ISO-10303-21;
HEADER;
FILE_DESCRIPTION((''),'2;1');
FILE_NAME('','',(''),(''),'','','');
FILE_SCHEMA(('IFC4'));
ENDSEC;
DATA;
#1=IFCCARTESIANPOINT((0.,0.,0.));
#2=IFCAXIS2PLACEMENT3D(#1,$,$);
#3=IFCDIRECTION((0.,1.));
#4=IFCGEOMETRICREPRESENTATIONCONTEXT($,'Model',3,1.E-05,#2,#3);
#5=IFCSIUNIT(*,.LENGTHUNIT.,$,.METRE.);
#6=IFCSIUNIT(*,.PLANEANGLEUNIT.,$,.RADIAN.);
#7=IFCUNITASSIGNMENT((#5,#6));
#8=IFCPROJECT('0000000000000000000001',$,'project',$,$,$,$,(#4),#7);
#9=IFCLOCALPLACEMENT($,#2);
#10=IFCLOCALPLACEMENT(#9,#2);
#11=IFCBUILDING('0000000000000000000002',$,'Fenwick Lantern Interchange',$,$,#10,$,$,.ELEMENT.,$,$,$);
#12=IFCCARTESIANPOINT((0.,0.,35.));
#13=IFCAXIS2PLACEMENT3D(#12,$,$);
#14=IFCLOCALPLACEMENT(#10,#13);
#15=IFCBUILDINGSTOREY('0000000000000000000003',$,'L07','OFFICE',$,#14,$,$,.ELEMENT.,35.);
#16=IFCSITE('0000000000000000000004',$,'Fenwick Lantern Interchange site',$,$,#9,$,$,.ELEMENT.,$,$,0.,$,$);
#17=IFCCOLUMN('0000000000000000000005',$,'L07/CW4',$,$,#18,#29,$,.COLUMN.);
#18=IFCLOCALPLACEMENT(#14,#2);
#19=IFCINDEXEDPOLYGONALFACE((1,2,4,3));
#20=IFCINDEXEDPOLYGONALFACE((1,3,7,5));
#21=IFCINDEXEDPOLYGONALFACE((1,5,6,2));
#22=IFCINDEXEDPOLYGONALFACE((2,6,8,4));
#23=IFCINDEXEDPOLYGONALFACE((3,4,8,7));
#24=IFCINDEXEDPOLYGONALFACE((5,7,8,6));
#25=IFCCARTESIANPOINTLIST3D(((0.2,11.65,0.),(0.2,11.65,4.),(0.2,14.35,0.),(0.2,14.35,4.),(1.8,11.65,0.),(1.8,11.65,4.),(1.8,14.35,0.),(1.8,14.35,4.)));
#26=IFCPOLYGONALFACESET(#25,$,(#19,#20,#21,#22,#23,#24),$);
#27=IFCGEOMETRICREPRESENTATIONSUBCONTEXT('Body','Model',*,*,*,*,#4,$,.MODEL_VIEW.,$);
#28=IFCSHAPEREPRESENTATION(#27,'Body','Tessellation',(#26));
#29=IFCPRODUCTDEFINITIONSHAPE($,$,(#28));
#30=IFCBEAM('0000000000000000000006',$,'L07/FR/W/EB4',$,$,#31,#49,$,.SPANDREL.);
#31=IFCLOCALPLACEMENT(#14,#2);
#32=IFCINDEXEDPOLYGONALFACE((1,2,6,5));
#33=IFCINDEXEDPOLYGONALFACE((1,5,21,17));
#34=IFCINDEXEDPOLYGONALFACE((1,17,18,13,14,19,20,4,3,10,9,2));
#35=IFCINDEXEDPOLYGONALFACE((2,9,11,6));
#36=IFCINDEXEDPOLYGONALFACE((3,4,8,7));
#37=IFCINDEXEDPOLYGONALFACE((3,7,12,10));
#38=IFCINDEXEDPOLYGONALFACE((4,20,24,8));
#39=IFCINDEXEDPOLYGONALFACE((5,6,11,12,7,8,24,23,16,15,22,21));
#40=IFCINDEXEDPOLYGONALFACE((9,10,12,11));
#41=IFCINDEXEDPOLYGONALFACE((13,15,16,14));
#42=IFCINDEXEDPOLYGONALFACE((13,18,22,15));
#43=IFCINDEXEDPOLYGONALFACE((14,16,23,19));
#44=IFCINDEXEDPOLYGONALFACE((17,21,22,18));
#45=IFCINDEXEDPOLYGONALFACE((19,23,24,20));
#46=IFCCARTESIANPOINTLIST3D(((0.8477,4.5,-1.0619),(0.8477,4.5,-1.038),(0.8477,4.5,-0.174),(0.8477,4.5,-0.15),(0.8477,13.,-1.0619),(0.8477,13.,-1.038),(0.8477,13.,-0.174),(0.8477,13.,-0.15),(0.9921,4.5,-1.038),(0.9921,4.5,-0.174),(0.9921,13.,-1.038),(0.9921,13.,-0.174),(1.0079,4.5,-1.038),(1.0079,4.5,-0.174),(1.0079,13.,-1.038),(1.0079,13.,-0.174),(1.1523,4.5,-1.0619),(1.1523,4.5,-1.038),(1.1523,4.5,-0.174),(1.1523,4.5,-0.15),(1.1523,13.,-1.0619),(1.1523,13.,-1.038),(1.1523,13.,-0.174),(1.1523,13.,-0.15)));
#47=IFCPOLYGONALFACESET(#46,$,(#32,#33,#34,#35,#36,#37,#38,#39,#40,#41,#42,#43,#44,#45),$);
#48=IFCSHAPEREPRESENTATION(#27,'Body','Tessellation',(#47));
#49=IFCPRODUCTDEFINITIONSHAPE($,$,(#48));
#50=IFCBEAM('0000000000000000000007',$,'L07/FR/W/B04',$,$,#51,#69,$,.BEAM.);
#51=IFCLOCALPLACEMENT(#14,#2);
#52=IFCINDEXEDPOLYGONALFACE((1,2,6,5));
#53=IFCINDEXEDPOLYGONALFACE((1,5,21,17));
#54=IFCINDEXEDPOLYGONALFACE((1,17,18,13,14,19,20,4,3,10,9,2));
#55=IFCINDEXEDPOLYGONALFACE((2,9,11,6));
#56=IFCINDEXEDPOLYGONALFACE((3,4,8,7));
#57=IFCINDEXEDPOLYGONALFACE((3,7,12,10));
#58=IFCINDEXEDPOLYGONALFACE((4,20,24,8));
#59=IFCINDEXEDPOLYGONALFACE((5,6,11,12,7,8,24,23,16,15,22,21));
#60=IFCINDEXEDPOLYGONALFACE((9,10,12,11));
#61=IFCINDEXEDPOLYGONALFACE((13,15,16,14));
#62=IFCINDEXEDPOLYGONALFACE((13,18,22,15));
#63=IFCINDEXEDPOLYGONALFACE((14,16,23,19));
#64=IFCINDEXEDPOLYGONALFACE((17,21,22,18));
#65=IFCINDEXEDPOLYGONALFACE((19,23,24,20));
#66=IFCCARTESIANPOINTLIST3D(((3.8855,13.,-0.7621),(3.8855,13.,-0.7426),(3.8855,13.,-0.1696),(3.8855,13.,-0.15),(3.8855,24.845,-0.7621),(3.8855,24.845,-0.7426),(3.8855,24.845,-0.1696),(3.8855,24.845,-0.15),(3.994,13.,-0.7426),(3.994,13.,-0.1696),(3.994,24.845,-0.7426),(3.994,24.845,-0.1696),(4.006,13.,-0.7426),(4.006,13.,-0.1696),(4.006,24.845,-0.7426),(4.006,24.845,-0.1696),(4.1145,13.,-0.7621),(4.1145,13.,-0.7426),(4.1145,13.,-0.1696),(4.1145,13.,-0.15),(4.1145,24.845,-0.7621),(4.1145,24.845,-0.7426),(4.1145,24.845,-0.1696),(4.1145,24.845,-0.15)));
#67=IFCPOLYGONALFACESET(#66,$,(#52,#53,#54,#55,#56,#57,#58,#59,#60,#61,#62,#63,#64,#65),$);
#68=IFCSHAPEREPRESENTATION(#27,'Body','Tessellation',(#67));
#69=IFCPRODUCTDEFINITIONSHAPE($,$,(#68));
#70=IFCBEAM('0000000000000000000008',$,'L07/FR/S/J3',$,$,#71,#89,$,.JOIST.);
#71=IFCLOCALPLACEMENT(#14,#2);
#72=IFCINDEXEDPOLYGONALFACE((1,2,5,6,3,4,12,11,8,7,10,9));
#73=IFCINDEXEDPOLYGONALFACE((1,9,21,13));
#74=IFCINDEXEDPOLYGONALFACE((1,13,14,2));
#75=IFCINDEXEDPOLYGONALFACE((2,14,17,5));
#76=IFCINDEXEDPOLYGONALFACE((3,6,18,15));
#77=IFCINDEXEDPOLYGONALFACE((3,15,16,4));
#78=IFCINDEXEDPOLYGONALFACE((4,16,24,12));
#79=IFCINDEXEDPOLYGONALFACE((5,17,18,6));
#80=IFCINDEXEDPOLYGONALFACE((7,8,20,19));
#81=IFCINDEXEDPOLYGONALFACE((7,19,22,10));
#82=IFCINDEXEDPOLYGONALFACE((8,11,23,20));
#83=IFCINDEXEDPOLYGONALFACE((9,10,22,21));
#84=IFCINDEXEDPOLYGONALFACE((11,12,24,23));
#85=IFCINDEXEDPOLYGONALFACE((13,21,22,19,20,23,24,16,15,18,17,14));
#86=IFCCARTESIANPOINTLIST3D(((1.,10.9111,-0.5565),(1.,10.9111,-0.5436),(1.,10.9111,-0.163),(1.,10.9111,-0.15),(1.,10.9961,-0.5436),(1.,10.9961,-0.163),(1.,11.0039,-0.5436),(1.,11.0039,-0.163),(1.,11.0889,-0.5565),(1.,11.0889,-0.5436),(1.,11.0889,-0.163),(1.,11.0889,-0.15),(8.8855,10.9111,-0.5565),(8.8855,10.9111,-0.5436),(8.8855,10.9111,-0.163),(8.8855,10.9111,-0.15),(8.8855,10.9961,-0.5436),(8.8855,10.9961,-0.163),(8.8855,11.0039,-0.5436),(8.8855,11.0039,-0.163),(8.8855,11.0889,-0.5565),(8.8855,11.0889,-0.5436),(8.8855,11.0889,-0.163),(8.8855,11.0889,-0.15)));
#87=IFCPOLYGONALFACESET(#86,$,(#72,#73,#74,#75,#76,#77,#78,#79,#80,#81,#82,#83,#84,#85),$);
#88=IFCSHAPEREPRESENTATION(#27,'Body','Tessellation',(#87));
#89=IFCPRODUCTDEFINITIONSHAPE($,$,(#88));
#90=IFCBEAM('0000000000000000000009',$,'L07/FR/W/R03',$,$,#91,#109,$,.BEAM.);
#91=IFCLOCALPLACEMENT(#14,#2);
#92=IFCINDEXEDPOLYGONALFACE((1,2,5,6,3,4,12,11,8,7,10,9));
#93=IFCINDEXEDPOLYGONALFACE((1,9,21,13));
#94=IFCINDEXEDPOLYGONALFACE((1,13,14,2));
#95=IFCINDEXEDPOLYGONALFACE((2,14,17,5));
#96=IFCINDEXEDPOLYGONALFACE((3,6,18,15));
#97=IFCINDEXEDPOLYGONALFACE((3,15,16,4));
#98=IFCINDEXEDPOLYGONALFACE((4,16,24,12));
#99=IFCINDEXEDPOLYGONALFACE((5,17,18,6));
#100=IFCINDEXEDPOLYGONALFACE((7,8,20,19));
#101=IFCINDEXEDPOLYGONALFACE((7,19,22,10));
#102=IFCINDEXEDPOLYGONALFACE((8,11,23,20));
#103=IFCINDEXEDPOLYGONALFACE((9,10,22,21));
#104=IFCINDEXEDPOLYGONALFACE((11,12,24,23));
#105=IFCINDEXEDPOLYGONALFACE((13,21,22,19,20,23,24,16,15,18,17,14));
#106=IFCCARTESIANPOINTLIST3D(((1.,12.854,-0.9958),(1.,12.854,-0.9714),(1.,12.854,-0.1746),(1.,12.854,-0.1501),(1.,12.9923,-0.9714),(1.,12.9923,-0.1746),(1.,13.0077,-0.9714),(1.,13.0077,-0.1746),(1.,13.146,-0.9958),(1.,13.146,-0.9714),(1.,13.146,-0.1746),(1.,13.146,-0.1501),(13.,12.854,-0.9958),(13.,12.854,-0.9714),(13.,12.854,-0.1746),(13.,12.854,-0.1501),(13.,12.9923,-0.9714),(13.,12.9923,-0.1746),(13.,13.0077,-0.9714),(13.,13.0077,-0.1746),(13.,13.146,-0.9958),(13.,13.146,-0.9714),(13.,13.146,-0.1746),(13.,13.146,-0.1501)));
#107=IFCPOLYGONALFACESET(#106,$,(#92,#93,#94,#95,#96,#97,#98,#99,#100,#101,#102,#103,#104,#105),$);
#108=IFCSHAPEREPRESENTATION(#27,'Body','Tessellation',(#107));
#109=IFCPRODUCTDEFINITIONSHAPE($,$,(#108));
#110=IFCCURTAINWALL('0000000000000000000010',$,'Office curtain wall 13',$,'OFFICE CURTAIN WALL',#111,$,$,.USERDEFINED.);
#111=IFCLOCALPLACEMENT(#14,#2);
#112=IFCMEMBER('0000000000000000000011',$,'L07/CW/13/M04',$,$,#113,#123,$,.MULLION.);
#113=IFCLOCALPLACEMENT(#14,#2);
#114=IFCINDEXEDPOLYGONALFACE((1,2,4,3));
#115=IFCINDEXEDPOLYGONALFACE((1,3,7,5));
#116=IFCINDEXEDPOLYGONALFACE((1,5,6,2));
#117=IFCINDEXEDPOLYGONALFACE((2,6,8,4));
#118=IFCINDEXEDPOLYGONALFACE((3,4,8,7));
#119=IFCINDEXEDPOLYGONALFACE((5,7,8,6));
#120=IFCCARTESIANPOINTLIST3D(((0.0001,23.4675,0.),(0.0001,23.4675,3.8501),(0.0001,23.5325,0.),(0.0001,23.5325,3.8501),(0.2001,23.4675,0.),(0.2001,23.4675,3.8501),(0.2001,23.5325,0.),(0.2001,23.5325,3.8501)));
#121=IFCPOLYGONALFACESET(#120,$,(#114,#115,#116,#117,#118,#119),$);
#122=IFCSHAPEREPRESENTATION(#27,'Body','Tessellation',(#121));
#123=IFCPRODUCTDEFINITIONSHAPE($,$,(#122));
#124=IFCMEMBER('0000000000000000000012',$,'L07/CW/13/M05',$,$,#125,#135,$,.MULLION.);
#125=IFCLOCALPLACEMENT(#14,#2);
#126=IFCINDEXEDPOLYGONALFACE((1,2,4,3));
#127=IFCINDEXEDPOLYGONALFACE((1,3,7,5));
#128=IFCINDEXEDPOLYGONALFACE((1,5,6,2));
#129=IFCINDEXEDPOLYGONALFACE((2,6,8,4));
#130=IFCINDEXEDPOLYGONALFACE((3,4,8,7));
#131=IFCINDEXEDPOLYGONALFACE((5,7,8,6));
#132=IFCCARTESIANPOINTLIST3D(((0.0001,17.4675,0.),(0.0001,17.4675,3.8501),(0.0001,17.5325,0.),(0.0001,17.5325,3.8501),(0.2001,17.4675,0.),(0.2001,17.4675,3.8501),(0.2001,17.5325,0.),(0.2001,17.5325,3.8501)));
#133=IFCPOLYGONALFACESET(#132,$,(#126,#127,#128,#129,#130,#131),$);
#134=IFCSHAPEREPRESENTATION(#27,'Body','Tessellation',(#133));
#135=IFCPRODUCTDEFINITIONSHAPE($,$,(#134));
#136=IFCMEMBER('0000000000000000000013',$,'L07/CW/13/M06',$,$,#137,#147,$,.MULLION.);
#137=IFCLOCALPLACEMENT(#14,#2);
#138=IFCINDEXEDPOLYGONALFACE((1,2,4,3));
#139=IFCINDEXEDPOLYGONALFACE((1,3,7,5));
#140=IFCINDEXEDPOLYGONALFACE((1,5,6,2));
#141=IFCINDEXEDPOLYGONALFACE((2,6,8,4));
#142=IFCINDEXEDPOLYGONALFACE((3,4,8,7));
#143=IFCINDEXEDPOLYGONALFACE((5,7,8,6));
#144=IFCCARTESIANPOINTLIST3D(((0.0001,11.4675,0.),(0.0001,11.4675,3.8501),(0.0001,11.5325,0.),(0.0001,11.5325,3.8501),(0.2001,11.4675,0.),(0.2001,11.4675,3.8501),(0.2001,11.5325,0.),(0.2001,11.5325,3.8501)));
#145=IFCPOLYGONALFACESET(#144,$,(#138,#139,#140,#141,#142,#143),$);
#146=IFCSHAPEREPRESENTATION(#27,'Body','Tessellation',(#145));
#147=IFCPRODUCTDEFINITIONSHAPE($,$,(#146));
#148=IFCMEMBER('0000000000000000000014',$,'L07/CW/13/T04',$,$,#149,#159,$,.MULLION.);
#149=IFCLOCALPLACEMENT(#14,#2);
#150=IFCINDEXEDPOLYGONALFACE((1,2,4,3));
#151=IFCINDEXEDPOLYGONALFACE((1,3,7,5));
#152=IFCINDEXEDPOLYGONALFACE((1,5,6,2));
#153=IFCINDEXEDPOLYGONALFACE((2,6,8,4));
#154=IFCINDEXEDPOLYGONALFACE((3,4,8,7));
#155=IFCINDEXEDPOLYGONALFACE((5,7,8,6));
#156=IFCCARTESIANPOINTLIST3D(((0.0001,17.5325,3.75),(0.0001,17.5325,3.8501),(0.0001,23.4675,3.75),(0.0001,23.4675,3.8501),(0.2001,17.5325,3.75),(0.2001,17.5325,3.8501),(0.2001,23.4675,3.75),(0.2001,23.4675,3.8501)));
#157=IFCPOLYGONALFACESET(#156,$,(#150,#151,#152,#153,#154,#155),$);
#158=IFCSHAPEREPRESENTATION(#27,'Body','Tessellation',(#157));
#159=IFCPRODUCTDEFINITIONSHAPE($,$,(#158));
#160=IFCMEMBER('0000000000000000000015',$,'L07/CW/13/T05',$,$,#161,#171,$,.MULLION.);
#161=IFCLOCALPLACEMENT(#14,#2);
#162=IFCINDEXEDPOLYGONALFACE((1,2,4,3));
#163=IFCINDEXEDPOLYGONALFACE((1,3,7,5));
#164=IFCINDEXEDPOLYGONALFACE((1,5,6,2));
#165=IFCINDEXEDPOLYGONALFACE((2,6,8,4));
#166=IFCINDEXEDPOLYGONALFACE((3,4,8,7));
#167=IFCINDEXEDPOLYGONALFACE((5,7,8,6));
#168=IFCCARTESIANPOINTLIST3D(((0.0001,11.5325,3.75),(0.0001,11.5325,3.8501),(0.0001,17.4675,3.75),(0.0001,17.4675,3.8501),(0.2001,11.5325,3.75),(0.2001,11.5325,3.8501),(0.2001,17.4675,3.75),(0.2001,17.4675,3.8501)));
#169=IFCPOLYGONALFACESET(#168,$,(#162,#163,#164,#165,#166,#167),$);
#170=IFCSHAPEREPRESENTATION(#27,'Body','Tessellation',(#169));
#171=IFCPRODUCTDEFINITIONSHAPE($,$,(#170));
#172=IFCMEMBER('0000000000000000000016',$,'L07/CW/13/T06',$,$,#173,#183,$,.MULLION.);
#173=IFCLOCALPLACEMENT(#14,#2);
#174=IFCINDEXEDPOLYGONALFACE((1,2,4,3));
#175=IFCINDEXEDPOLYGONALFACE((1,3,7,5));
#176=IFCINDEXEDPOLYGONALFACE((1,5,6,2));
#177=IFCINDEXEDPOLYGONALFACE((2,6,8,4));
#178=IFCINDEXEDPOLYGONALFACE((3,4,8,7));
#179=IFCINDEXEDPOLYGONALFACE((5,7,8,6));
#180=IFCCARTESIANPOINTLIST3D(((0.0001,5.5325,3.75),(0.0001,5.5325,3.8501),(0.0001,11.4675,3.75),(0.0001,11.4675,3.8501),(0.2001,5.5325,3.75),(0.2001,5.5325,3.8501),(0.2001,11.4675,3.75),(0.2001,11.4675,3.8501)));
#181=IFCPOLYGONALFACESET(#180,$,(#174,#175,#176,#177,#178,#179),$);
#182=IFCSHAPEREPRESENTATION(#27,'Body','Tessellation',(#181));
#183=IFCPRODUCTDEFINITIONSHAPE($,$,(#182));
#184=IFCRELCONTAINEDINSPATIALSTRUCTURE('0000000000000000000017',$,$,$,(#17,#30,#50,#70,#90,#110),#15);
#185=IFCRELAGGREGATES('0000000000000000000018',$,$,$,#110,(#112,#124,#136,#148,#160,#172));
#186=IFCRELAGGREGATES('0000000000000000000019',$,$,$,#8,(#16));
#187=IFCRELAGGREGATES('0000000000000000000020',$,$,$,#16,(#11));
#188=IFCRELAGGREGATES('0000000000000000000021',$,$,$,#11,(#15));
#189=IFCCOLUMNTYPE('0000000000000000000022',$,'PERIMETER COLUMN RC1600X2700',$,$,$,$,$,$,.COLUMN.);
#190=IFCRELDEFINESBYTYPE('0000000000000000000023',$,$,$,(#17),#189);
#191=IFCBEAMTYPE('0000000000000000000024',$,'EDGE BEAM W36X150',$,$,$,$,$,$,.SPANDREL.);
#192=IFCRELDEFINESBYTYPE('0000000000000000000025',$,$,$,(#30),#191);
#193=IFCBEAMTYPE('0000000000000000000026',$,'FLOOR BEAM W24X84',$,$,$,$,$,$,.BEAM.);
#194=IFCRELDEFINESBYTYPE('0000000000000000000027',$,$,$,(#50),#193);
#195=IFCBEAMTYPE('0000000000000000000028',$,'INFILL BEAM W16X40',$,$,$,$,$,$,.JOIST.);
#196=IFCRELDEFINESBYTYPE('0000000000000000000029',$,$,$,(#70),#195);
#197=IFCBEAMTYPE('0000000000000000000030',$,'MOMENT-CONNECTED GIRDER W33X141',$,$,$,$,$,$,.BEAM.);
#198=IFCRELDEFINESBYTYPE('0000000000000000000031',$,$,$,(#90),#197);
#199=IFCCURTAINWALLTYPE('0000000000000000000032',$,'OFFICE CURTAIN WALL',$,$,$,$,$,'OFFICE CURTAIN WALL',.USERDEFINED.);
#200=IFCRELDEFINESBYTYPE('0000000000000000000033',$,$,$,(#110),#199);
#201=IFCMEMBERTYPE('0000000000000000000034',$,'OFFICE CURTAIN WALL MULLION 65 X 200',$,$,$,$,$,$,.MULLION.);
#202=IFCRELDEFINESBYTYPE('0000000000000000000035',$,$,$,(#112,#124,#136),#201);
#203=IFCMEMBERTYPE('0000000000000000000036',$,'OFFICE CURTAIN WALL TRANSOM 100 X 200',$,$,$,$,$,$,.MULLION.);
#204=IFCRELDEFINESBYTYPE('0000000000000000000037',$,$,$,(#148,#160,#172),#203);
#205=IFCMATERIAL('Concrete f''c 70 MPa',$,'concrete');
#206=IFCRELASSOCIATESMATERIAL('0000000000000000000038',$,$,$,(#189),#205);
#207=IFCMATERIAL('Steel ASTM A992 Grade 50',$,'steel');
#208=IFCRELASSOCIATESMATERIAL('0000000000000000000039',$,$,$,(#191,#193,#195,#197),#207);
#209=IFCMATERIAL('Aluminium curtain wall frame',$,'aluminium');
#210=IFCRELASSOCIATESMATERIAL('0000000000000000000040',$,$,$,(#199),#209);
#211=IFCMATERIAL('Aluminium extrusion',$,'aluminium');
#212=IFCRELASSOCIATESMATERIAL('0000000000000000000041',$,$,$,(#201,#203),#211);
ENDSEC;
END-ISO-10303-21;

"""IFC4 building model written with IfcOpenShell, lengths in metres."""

from ifc_helpers import new_model, si_unit, direction, frame, origin, origin_2d, place, context, subcontext, project, spatial, rectangle, i_section, extrude, material, material_profile, profile_set, type_object, element, aggregate, save


model = new_model("IFC4")

# Units and contexts
model_context = context("Model", 3, precision=1e-05, world=origin(), true_north=direction((0.0, 1.0)))
body_context = subcontext(model_context, "Body", "Model", "MODEL_VIEW")
ifc_project = project(units=[si_unit("LENGTHUNIT", "METRE"), si_unit("PLANEANGLEUNIT", "RADIAN")], contexts=[model_context])

# Site, building, storey
site_placement = place(None, origin())
site = spatial("IfcSite", under=ifc_project, at=site_placement, Name="Fenwick Lantern Interchange site", CompositionType="ELEMENT", RefElevation=0.0)
building_placement = place(site_placement, origin())
building = spatial("IfcBuilding", under=site, at=building_placement, Name="Fenwick Lantern Interchange", CompositionType="ELEMENT")
storey_placement = place(building_placement, frame((0.0, 0.0, 35.0)))
storey = spatial("IfcBuildingStorey", under=building, at=storey_placement, Name="L07", Description="OFFICE", CompositionType="ELEMENT", Elevation=35.0)

# Column
ifc_material_1 = material(Name="Concrete f'c 70 MPa", Category="concrete")
ifc_material_profile_1 = material_profile(ifc_material_1, rectangle(XDim=1.6001, YDim=2.7, at=origin_2d()), Name="RC1600X2700")
ifc_profile_set_1 = profile_set([ifc_material_profile_1], Name="Concrete f'c 70 MPa")
column_type = type_object("IfcColumnType", Name="PERIMETER COLUMN RC1600X2700", PredefinedType="COLUMN", material=ifc_profile_set_1)
column_placement = place(storey_placement, frame((1.0, 13.0, 0.0), z_axis=(0.0, 0.0, 1.0), x_axis=(1.0, 0.0, 0.0)))
element("IfcColumn", 1, at=column_placement, inside=storey, type_object=column_type, Name="L07/CW4", PredefinedType="COLUMN", context=body_context, shape_type="SweptSolid", body=[
    extrude(rectangle(XDim=1.6001, YDim=2.7, at=origin_2d()), origin(), (0.0, 0.0, 1.0), 4.0),
])

# Beams
ifc_material_2 = material(Name="Steel ASTM A992 Grade 50", Category="steel")
ifc_material_profile_2 = material_profile(ifc_material_2, i_section(OverallWidth=0.3047, OverallDepth=0.9119, WebThickness=0.0159, FlangeThickness=0.0239, at=origin_2d()), Name="W36X150")
ifc_profile_set_2 = profile_set([ifc_material_profile_2], Name="Steel ASTM A992 Grade 50")
beam_type_1 = type_object("IfcBeamType", Name="EDGE BEAM W36X150", PredefinedType="SPANDREL", material=ifc_profile_set_2)
beam_1_placement = place(storey_placement, frame((1.0, 13.0, -0.606), z_axis=(0.0, -1.0, 0.0), x_axis=(1.0, 0.0, 0.0)))
element("IfcBeam", 2, at=beam_1_placement, inside=storey, type_object=beam_type_1, Name="L07/FR/W/EB4", PredefinedType="SPANDREL", context=body_context, shape_type="SweptSolid", body=[
    extrude(i_section(OverallWidth=0.3047, OverallDepth=0.9119, WebThickness=0.0159, FlangeThickness=0.0239, at=origin_2d()), origin(), (0.0, 0.0, 1.0), 8.5),
])
ifc_material_profile_3 = material_profile(ifc_material_2, i_section(OverallWidth=0.229, OverallDepth=0.6121, WebThickness=0.012, FlangeThickness=0.0195, at=origin_2d()), Name="W24X84")
ifc_profile_set_3 = profile_set([ifc_material_profile_3], Name="Steel ASTM A992 Grade 50")
beam_type_2 = type_object("IfcBeamType", Name="FLOOR BEAM W24X84", PredefinedType="BEAM", material=ifc_profile_set_3)
beam_2_placement = place(storey_placement, frame((4.0, 24.845, -0.4561), z_axis=(0.0, -1.0, 0.0), x_axis=(1.0, 0.0, 0.0)))
element("IfcBeam", 3, at=beam_2_placement, inside=storey, type_object=beam_type_2, Name="L07/FR/W/B04", PredefinedType="BEAM", context=body_context, shape_type="SweptSolid", body=[
    extrude(i_section(OverallWidth=0.229, OverallDepth=0.6121, WebThickness=0.012, FlangeThickness=0.0195, at=origin_2d()), origin(), (0.0, 0.0, 1.0), 11.845),
])
ifc_material_profile_4 = material_profile(ifc_material_2, i_section(OverallWidth=0.1777, OverallDepth=0.4065, WebThickness=0.0078, FlangeThickness=0.0129, at=origin_2d()), Name="W16X40")
ifc_profile_set_4 = profile_set([ifc_material_profile_4], Name="Steel ASTM A992 Grade 50")
beam_type_3 = type_object("IfcBeamType", Name="INFILL BEAM W16X40", PredefinedType="JOIST", material=ifc_profile_set_4)
beam_3_placement = place(storey_placement, frame((1.0, 11.0, -0.3533), z_axis=(1.0, 0.0, 0.0), x_axis=(0.0, 1.0, 0.0)))
element("IfcBeam", 4, at=beam_3_placement, inside=storey, type_object=beam_type_3, Name="L07/FR/S/J3", PredefinedType="JOIST", context=body_context, shape_type="SweptSolid", body=[
    extrude(i_section(OverallWidth=0.1777, OverallDepth=0.4065, WebThickness=0.0078, FlangeThickness=0.0129, at=origin_2d()), origin(), (0.0, 0.0, 1.0), 7.8855),
])
ifc_material_profile_5 = material_profile(ifc_material_2, i_section(OverallWidth=0.292, OverallDepth=0.8457, WebThickness=0.0154, FlangeThickness=0.0244, at=origin_2d()), Name="W33X141")
ifc_profile_set_5 = profile_set([ifc_material_profile_5], Name="Steel ASTM A992 Grade 50")
beam_type_4 = type_object("IfcBeamType", Name="MOMENT-CONNECTED GIRDER W33X141", PredefinedType="BEAM", material=ifc_profile_set_5)
beam_4_placement = place(storey_placement, frame((1.0, 13.0, -0.573), z_axis=(1.0, 0.0, 0.0), x_axis=(0.0, 1.0, 0.0)))
element("IfcBeam", 5, at=beam_4_placement, inside=storey, type_object=beam_type_4, Name="L07/FR/W/R03", PredefinedType="BEAM", context=body_context, shape_type="SweptSolid", body=[
    extrude(i_section(OverallWidth=0.292, OverallDepth=0.8457, WebThickness=0.0154, FlangeThickness=0.0244, at=origin_2d()), origin(), (0.0, 0.0, 1.0), 12.0),
])

# Curtain wall, members
ifc_material_3 = material(Name="Aluminium curtain wall frame", Category="aluminium")
curtain_wall_type = type_object("IfcCurtainWallType", Name="OFFICE CURTAIN WALL", ElementType="OFFICE CURTAIN WALL", PredefinedType="USERDEFINED", material=ifc_material_3)
curtain_wall_placement = place(storey_placement, origin())
curtain_wall = element("IfcCurtainWall", 6, at=curtain_wall_placement, inside=storey, type_object=curtain_wall_type, Name="Office curtain wall 13", ObjectType="OFFICE CURTAIN WALL", PredefinedType="USERDEFINED")
ifc_material_4 = material(Name="Aluminium extrusion", Category="aluminium")
ifc_material_profile_6 = material_profile(ifc_material_4, rectangle(XDim=0.2, YDim=0.0649, at=origin_2d()), Name="OFFICE CURTAIN WALL MULLION 65 X 200")
ifc_profile_set_6 = profile_set([ifc_material_profile_6], Name="Aluminium extrusion")
member_type_1 = type_object("IfcMemberType", Name="OFFICE CURTAIN WALL MULLION 65 X 200", PredefinedType="MULLION", material=ifc_profile_set_6)
member_1_placement = place(storey_placement, frame((0.1001, 23.5, 0.0), z_axis=(0.0, 0.0, 1.0), x_axis=(1.0, 0.0, 0.0)))
member_1 = element("IfcMember", 7, at=member_1_placement, type_object=member_type_1, Name="L07/CW/13/M04", PredefinedType="MULLION", context=body_context, shape_type="SweptSolid", body=[
    extrude(rectangle(XDim=0.2, YDim=0.0649, at=origin_2d()), origin(), (0.0, 0.0, 1.0), 3.8501),
])
member_2_placement = place(storey_placement, frame((0.1001, 17.5, 0.0), z_axis=(0.0, 0.0, 1.0), x_axis=(1.0, 0.0, 0.0)))
member_2 = element("IfcMember", 8, at=member_2_placement, type_object=member_type_1, Name="L07/CW/13/M05", PredefinedType="MULLION", context=body_context, shape_type="SweptSolid", body=[
    extrude(rectangle(XDim=0.2, YDim=0.0649, at=origin_2d()), origin(), (0.0, 0.0, 1.0), 3.8501),
])
member_3_placement = place(storey_placement, frame((0.1001, 11.5, 0.0), z_axis=(0.0, 0.0, 1.0), x_axis=(1.0, 0.0, 0.0)))
member_3 = element("IfcMember", 9, at=member_3_placement, type_object=member_type_1, Name="L07/CW/13/M06", PredefinedType="MULLION", context=body_context, shape_type="SweptSolid", body=[
    extrude(rectangle(XDim=0.2, YDim=0.0649, at=origin_2d()), origin(), (0.0, 0.0, 1.0), 3.8501),
])
ifc_material_profile_7 = material_profile(ifc_material_4, rectangle(XDim=0.2, YDim=0.1001, at=origin_2d()), Name="OFFICE CURTAIN WALL TRANSOM 100 X 200")
ifc_profile_set_7 = profile_set([ifc_material_profile_7], Name="Aluminium extrusion")
member_type_2 = type_object("IfcMemberType", Name="OFFICE CURTAIN WALL TRANSOM 100 X 200", PredefinedType="MULLION", material=ifc_profile_set_7)
member_4_placement = place(storey_placement, frame((0.1001, 23.4675, 3.8), z_axis=(0.0, -1.0, 0.0), x_axis=(1.0, 0.0, 0.0)))
member_4 = element("IfcMember", 10, at=member_4_placement, type_object=member_type_2, Name="L07/CW/13/T04", PredefinedType="MULLION", context=body_context, shape_type="SweptSolid", body=[
    extrude(rectangle(XDim=0.2, YDim=0.1001, at=origin_2d()), origin(), (0.0, 0.0, 1.0), 5.9351),
])
member_5_placement = place(storey_placement, frame((0.1001, 17.4675, 3.8), z_axis=(0.0, -1.0, 0.0), x_axis=(1.0, 0.0, 0.0)))
member_5 = element("IfcMember", 11, at=member_5_placement, type_object=member_type_2, Name="L07/CW/13/T05", PredefinedType="MULLION", context=body_context, shape_type="SweptSolid", body=[
    extrude(rectangle(XDim=0.2, YDim=0.1001, at=origin_2d()), origin(), (0.0, 0.0, 1.0), 5.9351),
])
member_6_placement = place(storey_placement, frame((0.1001, 11.4675, 3.8), z_axis=(0.0, -1.0, 0.0), x_axis=(1.0, 0.0, 0.0)))
member_6 = element("IfcMember", 12, at=member_6_placement, type_object=member_type_2, Name="L07/CW/13/T06", PredefinedType="MULLION", context=body_context, shape_type="SweptSolid", body=[
    extrude(rectangle(XDim=0.2, YDim=0.1001, at=origin_2d()), origin(), (0.0, 0.0, 1.0), 5.9351),
])
aggregate(curtain_wall, [member_1, member_2, member_3, member_4, member_5, member_6])

save(model, "model.ifc")
